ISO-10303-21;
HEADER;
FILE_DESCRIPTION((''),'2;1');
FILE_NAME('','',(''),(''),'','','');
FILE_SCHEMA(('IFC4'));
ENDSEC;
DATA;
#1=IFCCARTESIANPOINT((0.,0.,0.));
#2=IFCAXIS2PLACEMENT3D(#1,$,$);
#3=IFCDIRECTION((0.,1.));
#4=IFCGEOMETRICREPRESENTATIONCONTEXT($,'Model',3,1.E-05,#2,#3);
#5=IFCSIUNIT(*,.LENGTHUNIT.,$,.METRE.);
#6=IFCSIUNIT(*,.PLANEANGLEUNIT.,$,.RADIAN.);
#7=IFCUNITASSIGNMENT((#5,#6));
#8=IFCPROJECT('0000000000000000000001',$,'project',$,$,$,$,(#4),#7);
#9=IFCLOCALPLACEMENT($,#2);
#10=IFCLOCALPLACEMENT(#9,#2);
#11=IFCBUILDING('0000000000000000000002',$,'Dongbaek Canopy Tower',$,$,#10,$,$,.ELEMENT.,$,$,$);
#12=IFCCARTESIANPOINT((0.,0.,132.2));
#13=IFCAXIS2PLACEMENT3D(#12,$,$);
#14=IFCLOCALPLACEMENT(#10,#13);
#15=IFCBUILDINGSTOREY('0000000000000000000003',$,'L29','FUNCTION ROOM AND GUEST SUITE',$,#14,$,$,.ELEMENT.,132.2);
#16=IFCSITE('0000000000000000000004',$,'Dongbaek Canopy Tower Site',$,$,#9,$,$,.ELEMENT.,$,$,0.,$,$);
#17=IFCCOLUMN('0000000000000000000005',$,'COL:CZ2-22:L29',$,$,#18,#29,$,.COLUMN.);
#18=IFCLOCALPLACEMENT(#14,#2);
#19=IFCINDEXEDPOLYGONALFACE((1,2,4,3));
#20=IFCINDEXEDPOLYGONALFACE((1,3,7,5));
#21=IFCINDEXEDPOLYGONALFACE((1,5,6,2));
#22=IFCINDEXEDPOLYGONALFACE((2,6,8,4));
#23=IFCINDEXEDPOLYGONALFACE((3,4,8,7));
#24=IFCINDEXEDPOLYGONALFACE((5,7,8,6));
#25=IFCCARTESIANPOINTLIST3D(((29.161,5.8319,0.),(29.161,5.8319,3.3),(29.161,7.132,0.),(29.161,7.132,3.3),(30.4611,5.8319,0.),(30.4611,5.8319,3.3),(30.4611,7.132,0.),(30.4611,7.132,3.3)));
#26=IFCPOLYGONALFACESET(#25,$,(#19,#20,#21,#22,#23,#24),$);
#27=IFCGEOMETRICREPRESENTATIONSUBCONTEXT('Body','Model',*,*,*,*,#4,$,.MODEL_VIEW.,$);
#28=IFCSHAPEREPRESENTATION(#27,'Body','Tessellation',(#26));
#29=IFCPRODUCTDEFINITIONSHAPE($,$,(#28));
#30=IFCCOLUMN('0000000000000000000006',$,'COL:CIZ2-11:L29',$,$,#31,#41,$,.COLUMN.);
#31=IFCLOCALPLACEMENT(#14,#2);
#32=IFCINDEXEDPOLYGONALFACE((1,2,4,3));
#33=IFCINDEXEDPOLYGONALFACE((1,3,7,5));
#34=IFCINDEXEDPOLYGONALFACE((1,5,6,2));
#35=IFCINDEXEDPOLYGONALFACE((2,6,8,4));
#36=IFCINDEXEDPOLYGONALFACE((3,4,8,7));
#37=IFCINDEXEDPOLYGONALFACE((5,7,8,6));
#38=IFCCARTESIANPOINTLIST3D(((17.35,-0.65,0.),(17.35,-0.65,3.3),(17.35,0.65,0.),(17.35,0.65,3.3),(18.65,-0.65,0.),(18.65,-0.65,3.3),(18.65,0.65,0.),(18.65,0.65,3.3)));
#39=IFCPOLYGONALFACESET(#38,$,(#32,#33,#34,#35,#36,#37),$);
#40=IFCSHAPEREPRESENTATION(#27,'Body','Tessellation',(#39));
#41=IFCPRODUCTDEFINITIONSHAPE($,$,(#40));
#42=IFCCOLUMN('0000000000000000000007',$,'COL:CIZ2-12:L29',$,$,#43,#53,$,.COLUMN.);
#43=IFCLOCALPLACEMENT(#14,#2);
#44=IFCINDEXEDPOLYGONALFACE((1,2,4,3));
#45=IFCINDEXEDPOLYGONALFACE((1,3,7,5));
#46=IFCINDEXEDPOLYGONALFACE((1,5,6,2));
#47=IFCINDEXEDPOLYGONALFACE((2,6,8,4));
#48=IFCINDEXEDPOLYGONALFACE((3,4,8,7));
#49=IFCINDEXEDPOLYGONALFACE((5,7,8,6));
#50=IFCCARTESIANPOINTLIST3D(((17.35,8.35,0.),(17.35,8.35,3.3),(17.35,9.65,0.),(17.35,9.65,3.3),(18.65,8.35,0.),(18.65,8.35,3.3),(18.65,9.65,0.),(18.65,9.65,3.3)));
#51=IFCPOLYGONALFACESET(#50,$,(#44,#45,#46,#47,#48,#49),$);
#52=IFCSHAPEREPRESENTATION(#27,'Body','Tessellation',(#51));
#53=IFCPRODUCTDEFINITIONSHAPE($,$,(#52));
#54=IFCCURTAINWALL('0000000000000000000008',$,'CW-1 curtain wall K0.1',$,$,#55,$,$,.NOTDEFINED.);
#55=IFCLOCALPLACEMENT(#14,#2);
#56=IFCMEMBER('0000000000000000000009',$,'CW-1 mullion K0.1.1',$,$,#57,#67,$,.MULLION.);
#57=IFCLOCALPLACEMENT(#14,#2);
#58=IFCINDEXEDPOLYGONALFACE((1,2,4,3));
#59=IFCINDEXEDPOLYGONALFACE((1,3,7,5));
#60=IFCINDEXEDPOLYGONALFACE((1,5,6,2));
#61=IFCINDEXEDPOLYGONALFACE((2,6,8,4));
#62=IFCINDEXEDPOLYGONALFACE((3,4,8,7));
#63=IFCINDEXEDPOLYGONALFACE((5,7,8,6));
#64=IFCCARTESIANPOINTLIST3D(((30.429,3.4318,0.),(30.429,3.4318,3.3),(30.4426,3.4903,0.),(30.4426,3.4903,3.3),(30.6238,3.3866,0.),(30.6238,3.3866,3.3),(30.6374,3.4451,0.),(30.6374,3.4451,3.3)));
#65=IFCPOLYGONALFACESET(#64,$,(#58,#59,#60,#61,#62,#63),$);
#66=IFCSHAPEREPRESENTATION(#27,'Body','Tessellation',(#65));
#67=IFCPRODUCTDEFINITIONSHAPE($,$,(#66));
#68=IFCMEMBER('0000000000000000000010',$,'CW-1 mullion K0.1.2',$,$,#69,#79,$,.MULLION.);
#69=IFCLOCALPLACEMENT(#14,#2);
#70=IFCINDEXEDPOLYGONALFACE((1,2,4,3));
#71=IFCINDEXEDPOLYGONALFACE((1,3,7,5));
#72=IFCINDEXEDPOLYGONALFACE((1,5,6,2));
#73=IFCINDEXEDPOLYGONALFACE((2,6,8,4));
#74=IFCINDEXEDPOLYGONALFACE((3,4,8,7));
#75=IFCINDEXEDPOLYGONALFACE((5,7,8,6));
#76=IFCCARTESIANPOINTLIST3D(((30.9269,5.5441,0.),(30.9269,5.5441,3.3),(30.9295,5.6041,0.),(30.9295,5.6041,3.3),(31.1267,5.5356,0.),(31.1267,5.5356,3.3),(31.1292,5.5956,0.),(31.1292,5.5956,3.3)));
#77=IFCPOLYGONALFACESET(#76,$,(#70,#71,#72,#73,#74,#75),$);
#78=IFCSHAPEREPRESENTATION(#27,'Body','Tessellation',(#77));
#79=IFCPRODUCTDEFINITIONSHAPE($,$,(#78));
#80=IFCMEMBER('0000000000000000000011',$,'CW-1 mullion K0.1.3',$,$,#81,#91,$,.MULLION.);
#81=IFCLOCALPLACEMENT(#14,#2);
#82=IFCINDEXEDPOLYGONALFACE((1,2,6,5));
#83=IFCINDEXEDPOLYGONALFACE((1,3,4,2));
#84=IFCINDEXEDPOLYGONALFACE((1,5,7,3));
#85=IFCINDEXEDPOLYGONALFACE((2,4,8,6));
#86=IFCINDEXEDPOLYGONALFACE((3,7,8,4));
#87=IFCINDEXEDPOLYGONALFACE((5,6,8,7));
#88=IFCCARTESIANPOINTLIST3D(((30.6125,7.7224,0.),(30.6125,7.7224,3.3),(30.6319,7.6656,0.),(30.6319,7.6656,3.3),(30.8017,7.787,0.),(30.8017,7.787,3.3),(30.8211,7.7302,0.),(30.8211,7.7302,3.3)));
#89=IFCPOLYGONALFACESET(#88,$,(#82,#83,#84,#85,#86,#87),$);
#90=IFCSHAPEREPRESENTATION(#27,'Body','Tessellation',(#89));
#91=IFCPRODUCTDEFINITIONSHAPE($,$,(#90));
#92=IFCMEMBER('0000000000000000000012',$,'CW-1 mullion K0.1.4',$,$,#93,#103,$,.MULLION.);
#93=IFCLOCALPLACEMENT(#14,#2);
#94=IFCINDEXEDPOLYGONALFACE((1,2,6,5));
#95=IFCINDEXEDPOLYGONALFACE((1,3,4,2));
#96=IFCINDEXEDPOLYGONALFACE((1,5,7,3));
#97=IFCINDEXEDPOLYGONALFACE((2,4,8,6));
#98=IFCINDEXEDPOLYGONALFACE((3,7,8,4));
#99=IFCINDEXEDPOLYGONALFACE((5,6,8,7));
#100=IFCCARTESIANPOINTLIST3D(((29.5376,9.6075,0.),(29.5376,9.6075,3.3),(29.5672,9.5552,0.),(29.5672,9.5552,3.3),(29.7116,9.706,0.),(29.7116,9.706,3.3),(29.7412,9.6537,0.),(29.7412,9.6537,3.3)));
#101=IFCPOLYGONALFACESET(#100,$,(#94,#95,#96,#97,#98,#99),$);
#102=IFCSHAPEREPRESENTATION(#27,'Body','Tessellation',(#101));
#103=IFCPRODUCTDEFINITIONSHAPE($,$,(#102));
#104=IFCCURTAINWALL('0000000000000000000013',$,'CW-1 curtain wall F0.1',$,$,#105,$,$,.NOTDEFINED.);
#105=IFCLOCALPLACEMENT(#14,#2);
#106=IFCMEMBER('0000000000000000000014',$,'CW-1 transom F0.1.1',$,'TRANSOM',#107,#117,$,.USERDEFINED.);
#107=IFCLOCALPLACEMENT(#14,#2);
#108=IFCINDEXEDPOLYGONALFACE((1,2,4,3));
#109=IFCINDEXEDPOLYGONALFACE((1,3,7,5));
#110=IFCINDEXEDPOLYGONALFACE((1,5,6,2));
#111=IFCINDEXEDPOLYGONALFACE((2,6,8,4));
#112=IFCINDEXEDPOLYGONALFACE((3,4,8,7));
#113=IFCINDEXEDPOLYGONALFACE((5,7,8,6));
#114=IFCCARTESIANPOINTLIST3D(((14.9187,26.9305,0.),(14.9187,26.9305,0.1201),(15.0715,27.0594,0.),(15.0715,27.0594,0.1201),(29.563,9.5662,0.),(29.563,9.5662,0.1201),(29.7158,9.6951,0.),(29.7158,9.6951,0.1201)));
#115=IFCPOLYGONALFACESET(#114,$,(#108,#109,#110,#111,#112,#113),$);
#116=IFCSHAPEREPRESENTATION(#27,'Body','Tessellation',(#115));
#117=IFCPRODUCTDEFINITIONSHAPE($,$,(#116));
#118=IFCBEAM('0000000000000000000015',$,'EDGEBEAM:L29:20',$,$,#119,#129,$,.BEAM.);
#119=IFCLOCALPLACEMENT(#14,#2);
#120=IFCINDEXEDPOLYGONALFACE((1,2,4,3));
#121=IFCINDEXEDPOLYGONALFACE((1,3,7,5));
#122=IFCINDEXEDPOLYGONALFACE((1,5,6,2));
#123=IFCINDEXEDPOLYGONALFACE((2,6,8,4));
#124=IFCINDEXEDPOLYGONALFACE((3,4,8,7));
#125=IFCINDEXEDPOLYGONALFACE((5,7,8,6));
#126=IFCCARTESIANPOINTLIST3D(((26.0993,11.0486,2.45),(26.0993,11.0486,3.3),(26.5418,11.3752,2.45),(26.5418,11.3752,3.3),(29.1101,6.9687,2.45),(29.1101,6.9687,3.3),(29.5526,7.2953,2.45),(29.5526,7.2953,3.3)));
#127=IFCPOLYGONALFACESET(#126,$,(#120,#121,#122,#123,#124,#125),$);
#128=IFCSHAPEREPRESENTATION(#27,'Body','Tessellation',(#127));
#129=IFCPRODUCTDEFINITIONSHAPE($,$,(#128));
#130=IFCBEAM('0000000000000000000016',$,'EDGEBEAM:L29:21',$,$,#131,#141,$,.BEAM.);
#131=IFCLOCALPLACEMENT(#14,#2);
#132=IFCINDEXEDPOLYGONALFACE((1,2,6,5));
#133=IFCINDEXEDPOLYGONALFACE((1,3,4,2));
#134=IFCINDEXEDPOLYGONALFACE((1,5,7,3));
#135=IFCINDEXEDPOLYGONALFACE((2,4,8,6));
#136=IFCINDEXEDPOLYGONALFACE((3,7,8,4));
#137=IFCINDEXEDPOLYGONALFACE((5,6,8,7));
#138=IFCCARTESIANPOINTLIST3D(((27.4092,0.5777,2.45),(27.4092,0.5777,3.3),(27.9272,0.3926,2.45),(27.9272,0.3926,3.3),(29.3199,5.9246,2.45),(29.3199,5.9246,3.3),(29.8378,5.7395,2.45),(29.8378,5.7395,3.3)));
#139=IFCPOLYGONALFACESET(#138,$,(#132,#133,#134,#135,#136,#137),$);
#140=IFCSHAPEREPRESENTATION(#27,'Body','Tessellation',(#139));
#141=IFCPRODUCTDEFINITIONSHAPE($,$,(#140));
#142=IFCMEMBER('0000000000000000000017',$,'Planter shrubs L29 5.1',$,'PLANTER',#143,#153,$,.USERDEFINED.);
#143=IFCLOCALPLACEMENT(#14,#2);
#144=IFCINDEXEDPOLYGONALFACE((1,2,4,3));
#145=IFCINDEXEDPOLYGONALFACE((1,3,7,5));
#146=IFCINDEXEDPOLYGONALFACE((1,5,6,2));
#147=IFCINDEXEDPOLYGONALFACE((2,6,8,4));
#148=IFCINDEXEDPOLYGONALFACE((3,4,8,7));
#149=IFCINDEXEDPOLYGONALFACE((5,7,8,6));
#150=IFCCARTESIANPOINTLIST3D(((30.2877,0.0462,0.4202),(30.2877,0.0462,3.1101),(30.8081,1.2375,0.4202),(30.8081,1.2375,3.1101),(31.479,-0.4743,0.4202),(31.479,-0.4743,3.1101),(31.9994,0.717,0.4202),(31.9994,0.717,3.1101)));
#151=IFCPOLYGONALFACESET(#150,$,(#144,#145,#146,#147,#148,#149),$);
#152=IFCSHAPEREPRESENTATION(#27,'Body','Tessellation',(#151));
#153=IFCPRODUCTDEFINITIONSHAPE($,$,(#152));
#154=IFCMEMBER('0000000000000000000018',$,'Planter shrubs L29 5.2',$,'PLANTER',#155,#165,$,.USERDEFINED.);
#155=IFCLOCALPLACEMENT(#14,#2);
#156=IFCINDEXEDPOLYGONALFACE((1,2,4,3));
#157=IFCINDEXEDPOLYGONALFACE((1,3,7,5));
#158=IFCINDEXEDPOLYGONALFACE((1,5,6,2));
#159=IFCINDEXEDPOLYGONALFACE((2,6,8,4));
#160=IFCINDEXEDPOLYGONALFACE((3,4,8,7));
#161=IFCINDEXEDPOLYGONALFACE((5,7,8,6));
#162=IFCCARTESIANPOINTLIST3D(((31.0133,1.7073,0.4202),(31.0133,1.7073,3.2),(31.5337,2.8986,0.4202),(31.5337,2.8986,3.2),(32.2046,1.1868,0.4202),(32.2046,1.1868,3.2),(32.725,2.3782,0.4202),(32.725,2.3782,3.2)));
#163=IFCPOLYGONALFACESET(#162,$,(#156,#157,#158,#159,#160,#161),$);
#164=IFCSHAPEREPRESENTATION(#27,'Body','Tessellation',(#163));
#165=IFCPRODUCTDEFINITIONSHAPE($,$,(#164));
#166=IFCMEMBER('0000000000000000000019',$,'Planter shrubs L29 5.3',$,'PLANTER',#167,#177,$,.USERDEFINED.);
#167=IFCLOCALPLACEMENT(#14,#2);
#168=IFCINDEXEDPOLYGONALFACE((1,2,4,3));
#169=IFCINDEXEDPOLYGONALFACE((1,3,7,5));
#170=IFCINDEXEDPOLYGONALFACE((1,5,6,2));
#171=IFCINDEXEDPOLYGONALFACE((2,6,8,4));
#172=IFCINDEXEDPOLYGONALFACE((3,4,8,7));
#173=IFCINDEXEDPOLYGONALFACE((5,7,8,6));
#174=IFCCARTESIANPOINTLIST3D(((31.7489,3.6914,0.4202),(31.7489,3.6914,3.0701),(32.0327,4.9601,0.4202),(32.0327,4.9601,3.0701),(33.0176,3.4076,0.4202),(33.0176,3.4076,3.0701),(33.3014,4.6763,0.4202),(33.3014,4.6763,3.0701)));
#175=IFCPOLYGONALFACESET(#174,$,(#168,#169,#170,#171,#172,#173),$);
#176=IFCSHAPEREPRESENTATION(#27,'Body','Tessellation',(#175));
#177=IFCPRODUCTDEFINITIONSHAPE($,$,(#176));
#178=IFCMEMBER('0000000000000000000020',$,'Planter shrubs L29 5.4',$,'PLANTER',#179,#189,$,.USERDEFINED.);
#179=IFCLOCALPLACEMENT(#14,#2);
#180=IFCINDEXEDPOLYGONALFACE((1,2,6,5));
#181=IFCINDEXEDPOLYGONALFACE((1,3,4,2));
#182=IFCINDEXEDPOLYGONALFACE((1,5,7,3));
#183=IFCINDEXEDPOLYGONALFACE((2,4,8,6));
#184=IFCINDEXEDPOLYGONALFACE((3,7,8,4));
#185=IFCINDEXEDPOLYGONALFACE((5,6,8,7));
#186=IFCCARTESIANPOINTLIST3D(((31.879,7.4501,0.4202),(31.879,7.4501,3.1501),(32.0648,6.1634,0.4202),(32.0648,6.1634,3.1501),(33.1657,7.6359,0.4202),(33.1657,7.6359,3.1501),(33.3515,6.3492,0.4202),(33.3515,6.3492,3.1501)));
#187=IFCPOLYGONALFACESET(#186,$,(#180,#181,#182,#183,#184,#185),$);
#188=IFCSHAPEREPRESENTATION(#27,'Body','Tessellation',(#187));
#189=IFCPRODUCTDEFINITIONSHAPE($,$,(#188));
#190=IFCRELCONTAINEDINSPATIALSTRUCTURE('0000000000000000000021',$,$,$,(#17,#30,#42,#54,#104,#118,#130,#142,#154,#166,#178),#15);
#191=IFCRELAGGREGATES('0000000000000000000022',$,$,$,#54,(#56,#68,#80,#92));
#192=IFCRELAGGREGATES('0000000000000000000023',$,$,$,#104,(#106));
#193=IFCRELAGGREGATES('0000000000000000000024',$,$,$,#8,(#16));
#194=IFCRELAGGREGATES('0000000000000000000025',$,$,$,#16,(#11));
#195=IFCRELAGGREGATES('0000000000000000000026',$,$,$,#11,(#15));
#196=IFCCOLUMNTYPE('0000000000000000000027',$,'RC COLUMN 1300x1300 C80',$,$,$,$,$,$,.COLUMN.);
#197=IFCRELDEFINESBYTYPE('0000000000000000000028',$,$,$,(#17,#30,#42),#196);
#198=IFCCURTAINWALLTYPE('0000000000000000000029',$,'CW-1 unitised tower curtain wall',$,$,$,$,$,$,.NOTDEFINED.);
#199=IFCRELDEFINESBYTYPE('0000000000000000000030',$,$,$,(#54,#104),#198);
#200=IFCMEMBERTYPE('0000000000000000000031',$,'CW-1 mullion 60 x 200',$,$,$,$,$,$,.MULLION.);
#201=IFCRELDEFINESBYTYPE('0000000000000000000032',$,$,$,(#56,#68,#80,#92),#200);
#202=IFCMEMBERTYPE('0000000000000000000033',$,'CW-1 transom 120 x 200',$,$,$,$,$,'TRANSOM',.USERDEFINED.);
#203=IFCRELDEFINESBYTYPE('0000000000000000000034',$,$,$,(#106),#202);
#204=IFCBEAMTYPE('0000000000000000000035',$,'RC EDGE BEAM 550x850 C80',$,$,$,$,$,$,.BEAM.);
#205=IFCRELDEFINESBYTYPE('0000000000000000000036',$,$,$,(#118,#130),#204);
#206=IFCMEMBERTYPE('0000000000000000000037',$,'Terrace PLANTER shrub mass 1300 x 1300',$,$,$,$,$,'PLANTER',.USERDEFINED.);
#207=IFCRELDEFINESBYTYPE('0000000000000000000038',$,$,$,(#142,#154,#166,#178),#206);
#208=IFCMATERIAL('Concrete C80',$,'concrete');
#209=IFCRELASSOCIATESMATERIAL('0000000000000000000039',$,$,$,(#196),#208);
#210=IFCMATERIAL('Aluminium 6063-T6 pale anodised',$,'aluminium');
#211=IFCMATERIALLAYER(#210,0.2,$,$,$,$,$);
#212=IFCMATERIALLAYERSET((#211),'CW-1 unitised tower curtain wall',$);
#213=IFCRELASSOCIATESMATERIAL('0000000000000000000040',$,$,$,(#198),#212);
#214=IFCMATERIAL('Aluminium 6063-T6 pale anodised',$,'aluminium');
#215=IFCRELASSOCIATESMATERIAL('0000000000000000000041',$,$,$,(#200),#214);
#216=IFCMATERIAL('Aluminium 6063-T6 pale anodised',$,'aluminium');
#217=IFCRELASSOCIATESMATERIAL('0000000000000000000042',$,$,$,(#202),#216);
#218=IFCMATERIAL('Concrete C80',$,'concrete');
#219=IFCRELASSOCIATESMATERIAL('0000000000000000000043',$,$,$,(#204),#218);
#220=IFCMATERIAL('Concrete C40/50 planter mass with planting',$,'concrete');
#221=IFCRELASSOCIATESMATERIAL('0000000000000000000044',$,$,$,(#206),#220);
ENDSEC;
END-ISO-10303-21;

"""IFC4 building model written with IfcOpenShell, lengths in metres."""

from ifc_helpers import new_model, si_unit, direction, frame, origin, origin_2d, place, context, subcontext, project, spatial, rectangle, extrude, material, layer, layer_set, material_profile, profile_set, type_object, element, aggregate, save


model = new_model("IFC4")

# Units and contexts
model_context = context("Model", 3, precision=1e-05, world=origin(), true_north=direction((0.0, 1.0)))
body_context = subcontext(model_context, "Body", "Model", "MODEL_VIEW")
ifc_project = project(units=[si_unit("LENGTHUNIT", "METRE"), si_unit("PLANEANGLEUNIT", "RADIAN")], contexts=[model_context])

# Site, building, storey
site_placement = place(None, origin())
site = spatial("IfcSite", under=ifc_project, at=site_placement, Name="Dongbaek Canopy Tower Site", CompositionType="ELEMENT", RefElevation=0.0)
building_placement = place(site_placement, origin())
building = spatial("IfcBuilding", under=site, at=building_placement, Name="Dongbaek Canopy Tower", CompositionType="ELEMENT")
storey_placement = place(building_placement, frame((0.0, 0.0, 132.2)))
storey = spatial("IfcBuildingStorey", under=building, at=storey_placement, Name="L29", Description="FUNCTION ROOM AND GUEST SUITE", CompositionType="ELEMENT", Elevation=132.2)

# Columns
ifc_material_1 = material(Name="Concrete C80", Category="concrete")
ifc_material_profile_1 = material_profile(ifc_material_1, rectangle(XDim=1.3, YDim=1.3, at=origin_2d()), Name="RC COLUMN 1300x1300 C80")
ifc_profile_set_1 = profile_set([ifc_material_profile_1], Name="Concrete C80")
column_type = type_object("IfcColumnType", Name="RC COLUMN 1300x1300 C80", PredefinedType="COLUMN", material=ifc_profile_set_1)
for number, where, z_axis, x_axis, name in (
    (1, (29.811, 6.4819, 0.0), (0.0, 0.0, 1.0), (1.0, 0.0, 0.0), "COL:CZ2-22:L29"),
    (2, (18.0, 0.0, 0.0), (0.0, 0.0, 1.0), (1.0, 0.0, 0.0), "COL:CIZ2-11:L29"),
    (3, (18.0, 9.0, 0.0), (0.0, 0.0, 1.0), (1.0, 0.0, 0.0), "COL:CIZ2-12:L29"),
):
    element("IfcColumn", number, at=place(storey_placement, frame(where, z_axis=z_axis, x_axis=x_axis)), inside=storey, type_object=column_type, Name=name, PredefinedType="COLUMN", context=body_context, shape_type="SweptSolid", body=[
        extrude(rectangle(XDim=1.3, YDim=1.3, at=origin_2d()), origin(), (0.0, 0.0, 1.0), 3.3),
    ])

# Curtain wall, members
ifc_material_2 = material(Name="Aluminium 6063-T6 pale anodised", Category="aluminium")
ifc_layer_1 = layer(ifc_material_2, 0.2)
ifc_layer_set_1 = layer_set([ifc_layer_1], Name="CW-1 unitised tower curtain wall")
curtain_wall_type = type_object("IfcCurtainWallType", Name="CW-1 unitised tower curtain wall", PredefinedType="NOTDEFINED", material=ifc_layer_set_1)
curtain_wall_1_placement = place(storey_placement, origin())
curtain_wall_1 = element("IfcCurtainWall", 4, at=curtain_wall_1_placement, inside=storey, type_object=curtain_wall_type, Name="CW-1 curtain wall K0.1", PredefinedType="NOTDEFINED")
ifc_material_3 = material(Name="Aluminium 6063-T6 pale anodised", Category="aluminium")
ifc_material_profile_2 = material_profile(ifc_material_3, rectangle(XDim=0.2, YDim=0.0601, at=origin_2d()), Name="CW-1 mullion 60 x 200")
ifc_profile_set_2 = profile_set([ifc_material_profile_2], Name="Aluminium 6063-T6 pale anodised")
member_type_1 = type_object("IfcMemberType", Name="CW-1 mullion 60 x 200", PredefinedType="MULLION", material=ifc_profile_set_2)
member_1_placement = place(storey_placement, frame((30.5332, 3.4385, 0.0), z_axis=(0.0, 0.0, 1.0), x_axis=(0.974089, -0.226166, 0.0)))
member_1 = element("IfcMember", 5, at=member_1_placement, type_object=member_type_1, Name="CW-1 mullion K0.1.1", PredefinedType="MULLION", context=body_context, shape_type="SweptSolid", body=[
    extrude(rectangle(XDim=0.2, YDim=0.0601, at=origin_2d()), origin(), (0.0, 0.0, 1.0), 3.3),
])
member_2_placement = place(storey_placement, frame((31.0281, 5.5698, 0.0), z_axis=(0.0, 0.0, 1.0), x_axis=(0.999102, -0.042374, 0.0)))
member_2 = element("IfcMember", 6, at=member_2_placement, type_object=member_type_1, Name="CW-1 mullion K0.1.2", PredefinedType="MULLION", context=body_context, shape_type="SweptSolid", body=[
    extrude(rectangle(XDim=0.2, YDim=0.0601, at=origin_2d()), origin(), (0.0, 0.0, 1.0), 3.3),
])
member_3_placement = place(storey_placement, frame((30.7168, 7.7263, 0.0), z_axis=(0.0, 0.0, 1.0), x_axis=(0.946327, 0.32321, 0.0)))
member_3 = element("IfcMember", 7, at=member_3_placement, type_object=member_type_1, Name="CW-1 mullion K0.1.3", PredefinedType="MULLION", context=body_context, shape_type="SweptSolid", body=[
    extrude(rectangle(XDim=0.2, YDim=0.0601, at=origin_2d()), origin(), (0.0, 0.0, 1.0), 3.3),
])
member_4_placement = place(storey_placement, frame((29.6394, 9.6306, 0.0), z_axis=(0.0, 0.0, 1.0), x_axis=(0.870356, 0.492424, 0.0)))
member_4 = element("IfcMember", 8, at=member_4_placement, type_object=member_type_1, Name="CW-1 mullion K0.1.4", PredefinedType="MULLION", context=body_context, shape_type="SweptSolid", body=[
    extrude(rectangle(XDim=0.2, YDim=0.0601, at=origin_2d()), origin(), (0.0, 0.0, 1.0), 3.3),
])

# Curtain wall, member
curtain_wall_2_placement = place(storey_placement, origin())
curtain_wall_2 = element("IfcCurtainWall", 9, at=curtain_wall_2_placement, inside=storey, type_object=curtain_wall_type, Name="CW-1 curtain wall F0.1", PredefinedType="NOTDEFINED")
ifc_material_4 = material(Name="Aluminium 6063-T6 pale anodised", Category="aluminium")
ifc_material_profile_3 = material_profile(ifc_material_4, rectangle(XDim=0.2, YDim=0.1201, at=origin_2d()), Name="CW-1 transom 120 x 200")
ifc_profile_set_3 = profile_set([ifc_material_profile_3], Name="Aluminium 6063-T6 pale anodised")
member_type_2 = type_object("IfcMemberType", Name="CW-1 transom 120 x 200", ElementType="TRANSOM", PredefinedType="USERDEFINED", material=ifc_profile_set_3)
member_5_placement = place(storey_placement, frame((29.6394, 9.6306, 0.0601), z_axis=(-0.644696, 0.764439, 0.0), x_axis=(-0.764439, -0.644696, 0.0)))
member_5 = element("IfcMember", 10, at=member_5_placement, type_object=member_type_2, Name="CW-1 transom F0.1.1", ObjectType="TRANSOM", PredefinedType="USERDEFINED", context=body_context, shape_type="SweptSolid", body=[
    extrude(rectangle(XDim=0.2, YDim=0.1201, at=origin_2d()), origin(), (0.0, 0.0, 1.0), 22.7151),
])

# Beams
ifc_material_5 = material(Name="Concrete C80", Category="concrete")
ifc_material_profile_4 = material_profile(ifc_material_5, rectangle(XDim=0.55, YDim=0.8501, at=origin_2d()), Name="RC EDGE BEAM 550x850 C80")
ifc_profile_set_4 = profile_set([ifc_material_profile_4], Name="Concrete C80")
beam_type = type_object("IfcBeamType", Name="RC EDGE BEAM 550x850 C80", PredefinedType="BEAM", material=ifc_profile_set_4)
beam_1_placement = place(storey_placement, frame((26.3206, 11.2119, 2.875), z_axis=(0.59378, -0.804627, 0.0), x_axis=(0.804627, 0.59378, 0.0)))
element("IfcBeam", 11, at=beam_1_placement, inside=storey, type_object=beam_type, Name="EDGEBEAM:L29:20", PredefinedType="BEAM", context=body_context, shape_type="SweptSolid", body=[
    extrude(rectangle(XDim=0.55, YDim=0.8501, at=origin_2d()), origin(), (0.0, 0.0, 1.0), 5.0706),
])
beam_2_placement = place(storey_placement, frame((29.5789, 5.832, 2.875), z_axis=(-0.336497, -0.941685, 0.0), x_axis=(0.941685, -0.336497, 0.0)))
element("IfcBeam", 12, at=beam_2_placement, inside=storey, type_object=beam_type, Name="EDGEBEAM:L29:21", PredefinedType="BEAM", context=body_context, shape_type="SweptSolid", body=[
    extrude(rectangle(XDim=0.55, YDim=0.8501, at=origin_2d()), origin(), (0.0, 0.0, 1.0), 5.678),
])

# Members
ifc_material_6 = material(Name="Concrete C40/50 planter mass with planting", Category="concrete")
ifc_material_profile_5 = material_profile(ifc_material_6, rectangle(XDim=1.3, YDim=1.3, at=origin_2d()), Name="Terrace PLANTER shrub mass 1300 x 1300")
ifc_profile_set_5 = profile_set([ifc_material_profile_5], Name="Concrete C40/50 planter mass with planting")
member_type_3 = type_object("IfcMemberType", Name="Terrace PLANTER shrub mass 1300 x 1300", ElementType="PLANTER", PredefinedType="USERDEFINED", material=ifc_profile_set_5)
member_6_placement = place(storey_placement, frame((31.1436, 0.3816, 0.4202), z_axis=(0.0, 0.0, 1.0), x_axis=(0.916368, -0.400336, 0.0)))
element("IfcMember", 13, at=member_6_placement, inside=storey, type_object=member_type_3, Name="Planter shrubs L29 5.1", ObjectType="PLANTER", PredefinedType="USERDEFINED", context=body_context, shape_type="SweptSolid", body=[
    extrude(rectangle(XDim=1.3, YDim=1.3, at=origin_2d()), origin(), (0.0, 0.0, 1.0), 2.6899),
])
member_7_placement = place(storey_placement, frame((31.8691, 2.0427, 0.4202), z_axis=(0.0, 0.0, 1.0), x_axis=(0.916368, -0.400336, 0.0)))
element("IfcMember", 14, at=member_7_placement, inside=storey, type_object=member_type_3, Name="Planter shrubs L29 5.2", ObjectType="PLANTER", PredefinedType="USERDEFINED", context=body_context, shape_type="SweptSolid", body=[
    extrude(rectangle(XDim=1.3, YDim=1.3, at=origin_2d()), origin(), (0.0, 0.0, 1.0), 2.7798),
])
member_8_placement = place(storey_placement, frame((32.5251, 4.1838, 0.4202), z_axis=(0.0, 0.0, 1.0), x_axis=(0.975892, -0.218254, 0.0)))
element("IfcMember", 15, at=member_8_placement, inside=storey, type_object=member_type_3, Name="Planter shrubs L29 5.3", ObjectType="PLANTER", PredefinedType="USERDEFINED", context=body_context, shape_type="SweptSolid", body=[
    extrude(rectangle(XDim=1.3, YDim=1.3, at=origin_2d()), origin(), (0.0, 0.0, 1.0), 2.6499),
])
member_9_placement = place(storey_placement, frame((32.6152, 6.8997, 0.4202), z_axis=(0.0, 0.0, 1.0), x_axis=(0.989741, 0.142876, 0.0)))
element("IfcMember", 16, at=member_9_placement, inside=storey, type_object=member_type_3, Name="Planter shrubs L29 5.4", ObjectType="PLANTER", PredefinedType="USERDEFINED", context=body_context, shape_type="SweptSolid", body=[
    extrude(rectangle(XDim=1.3, YDim=1.3, at=origin_2d()), origin(), (0.0, 0.0, 1.0), 2.73),
])

aggregate(curtain_wall_1, [member_1, member_2, member_3, member_4])

aggregate(curtain_wall_2, [member_5])

save(model, "model.ifc")
